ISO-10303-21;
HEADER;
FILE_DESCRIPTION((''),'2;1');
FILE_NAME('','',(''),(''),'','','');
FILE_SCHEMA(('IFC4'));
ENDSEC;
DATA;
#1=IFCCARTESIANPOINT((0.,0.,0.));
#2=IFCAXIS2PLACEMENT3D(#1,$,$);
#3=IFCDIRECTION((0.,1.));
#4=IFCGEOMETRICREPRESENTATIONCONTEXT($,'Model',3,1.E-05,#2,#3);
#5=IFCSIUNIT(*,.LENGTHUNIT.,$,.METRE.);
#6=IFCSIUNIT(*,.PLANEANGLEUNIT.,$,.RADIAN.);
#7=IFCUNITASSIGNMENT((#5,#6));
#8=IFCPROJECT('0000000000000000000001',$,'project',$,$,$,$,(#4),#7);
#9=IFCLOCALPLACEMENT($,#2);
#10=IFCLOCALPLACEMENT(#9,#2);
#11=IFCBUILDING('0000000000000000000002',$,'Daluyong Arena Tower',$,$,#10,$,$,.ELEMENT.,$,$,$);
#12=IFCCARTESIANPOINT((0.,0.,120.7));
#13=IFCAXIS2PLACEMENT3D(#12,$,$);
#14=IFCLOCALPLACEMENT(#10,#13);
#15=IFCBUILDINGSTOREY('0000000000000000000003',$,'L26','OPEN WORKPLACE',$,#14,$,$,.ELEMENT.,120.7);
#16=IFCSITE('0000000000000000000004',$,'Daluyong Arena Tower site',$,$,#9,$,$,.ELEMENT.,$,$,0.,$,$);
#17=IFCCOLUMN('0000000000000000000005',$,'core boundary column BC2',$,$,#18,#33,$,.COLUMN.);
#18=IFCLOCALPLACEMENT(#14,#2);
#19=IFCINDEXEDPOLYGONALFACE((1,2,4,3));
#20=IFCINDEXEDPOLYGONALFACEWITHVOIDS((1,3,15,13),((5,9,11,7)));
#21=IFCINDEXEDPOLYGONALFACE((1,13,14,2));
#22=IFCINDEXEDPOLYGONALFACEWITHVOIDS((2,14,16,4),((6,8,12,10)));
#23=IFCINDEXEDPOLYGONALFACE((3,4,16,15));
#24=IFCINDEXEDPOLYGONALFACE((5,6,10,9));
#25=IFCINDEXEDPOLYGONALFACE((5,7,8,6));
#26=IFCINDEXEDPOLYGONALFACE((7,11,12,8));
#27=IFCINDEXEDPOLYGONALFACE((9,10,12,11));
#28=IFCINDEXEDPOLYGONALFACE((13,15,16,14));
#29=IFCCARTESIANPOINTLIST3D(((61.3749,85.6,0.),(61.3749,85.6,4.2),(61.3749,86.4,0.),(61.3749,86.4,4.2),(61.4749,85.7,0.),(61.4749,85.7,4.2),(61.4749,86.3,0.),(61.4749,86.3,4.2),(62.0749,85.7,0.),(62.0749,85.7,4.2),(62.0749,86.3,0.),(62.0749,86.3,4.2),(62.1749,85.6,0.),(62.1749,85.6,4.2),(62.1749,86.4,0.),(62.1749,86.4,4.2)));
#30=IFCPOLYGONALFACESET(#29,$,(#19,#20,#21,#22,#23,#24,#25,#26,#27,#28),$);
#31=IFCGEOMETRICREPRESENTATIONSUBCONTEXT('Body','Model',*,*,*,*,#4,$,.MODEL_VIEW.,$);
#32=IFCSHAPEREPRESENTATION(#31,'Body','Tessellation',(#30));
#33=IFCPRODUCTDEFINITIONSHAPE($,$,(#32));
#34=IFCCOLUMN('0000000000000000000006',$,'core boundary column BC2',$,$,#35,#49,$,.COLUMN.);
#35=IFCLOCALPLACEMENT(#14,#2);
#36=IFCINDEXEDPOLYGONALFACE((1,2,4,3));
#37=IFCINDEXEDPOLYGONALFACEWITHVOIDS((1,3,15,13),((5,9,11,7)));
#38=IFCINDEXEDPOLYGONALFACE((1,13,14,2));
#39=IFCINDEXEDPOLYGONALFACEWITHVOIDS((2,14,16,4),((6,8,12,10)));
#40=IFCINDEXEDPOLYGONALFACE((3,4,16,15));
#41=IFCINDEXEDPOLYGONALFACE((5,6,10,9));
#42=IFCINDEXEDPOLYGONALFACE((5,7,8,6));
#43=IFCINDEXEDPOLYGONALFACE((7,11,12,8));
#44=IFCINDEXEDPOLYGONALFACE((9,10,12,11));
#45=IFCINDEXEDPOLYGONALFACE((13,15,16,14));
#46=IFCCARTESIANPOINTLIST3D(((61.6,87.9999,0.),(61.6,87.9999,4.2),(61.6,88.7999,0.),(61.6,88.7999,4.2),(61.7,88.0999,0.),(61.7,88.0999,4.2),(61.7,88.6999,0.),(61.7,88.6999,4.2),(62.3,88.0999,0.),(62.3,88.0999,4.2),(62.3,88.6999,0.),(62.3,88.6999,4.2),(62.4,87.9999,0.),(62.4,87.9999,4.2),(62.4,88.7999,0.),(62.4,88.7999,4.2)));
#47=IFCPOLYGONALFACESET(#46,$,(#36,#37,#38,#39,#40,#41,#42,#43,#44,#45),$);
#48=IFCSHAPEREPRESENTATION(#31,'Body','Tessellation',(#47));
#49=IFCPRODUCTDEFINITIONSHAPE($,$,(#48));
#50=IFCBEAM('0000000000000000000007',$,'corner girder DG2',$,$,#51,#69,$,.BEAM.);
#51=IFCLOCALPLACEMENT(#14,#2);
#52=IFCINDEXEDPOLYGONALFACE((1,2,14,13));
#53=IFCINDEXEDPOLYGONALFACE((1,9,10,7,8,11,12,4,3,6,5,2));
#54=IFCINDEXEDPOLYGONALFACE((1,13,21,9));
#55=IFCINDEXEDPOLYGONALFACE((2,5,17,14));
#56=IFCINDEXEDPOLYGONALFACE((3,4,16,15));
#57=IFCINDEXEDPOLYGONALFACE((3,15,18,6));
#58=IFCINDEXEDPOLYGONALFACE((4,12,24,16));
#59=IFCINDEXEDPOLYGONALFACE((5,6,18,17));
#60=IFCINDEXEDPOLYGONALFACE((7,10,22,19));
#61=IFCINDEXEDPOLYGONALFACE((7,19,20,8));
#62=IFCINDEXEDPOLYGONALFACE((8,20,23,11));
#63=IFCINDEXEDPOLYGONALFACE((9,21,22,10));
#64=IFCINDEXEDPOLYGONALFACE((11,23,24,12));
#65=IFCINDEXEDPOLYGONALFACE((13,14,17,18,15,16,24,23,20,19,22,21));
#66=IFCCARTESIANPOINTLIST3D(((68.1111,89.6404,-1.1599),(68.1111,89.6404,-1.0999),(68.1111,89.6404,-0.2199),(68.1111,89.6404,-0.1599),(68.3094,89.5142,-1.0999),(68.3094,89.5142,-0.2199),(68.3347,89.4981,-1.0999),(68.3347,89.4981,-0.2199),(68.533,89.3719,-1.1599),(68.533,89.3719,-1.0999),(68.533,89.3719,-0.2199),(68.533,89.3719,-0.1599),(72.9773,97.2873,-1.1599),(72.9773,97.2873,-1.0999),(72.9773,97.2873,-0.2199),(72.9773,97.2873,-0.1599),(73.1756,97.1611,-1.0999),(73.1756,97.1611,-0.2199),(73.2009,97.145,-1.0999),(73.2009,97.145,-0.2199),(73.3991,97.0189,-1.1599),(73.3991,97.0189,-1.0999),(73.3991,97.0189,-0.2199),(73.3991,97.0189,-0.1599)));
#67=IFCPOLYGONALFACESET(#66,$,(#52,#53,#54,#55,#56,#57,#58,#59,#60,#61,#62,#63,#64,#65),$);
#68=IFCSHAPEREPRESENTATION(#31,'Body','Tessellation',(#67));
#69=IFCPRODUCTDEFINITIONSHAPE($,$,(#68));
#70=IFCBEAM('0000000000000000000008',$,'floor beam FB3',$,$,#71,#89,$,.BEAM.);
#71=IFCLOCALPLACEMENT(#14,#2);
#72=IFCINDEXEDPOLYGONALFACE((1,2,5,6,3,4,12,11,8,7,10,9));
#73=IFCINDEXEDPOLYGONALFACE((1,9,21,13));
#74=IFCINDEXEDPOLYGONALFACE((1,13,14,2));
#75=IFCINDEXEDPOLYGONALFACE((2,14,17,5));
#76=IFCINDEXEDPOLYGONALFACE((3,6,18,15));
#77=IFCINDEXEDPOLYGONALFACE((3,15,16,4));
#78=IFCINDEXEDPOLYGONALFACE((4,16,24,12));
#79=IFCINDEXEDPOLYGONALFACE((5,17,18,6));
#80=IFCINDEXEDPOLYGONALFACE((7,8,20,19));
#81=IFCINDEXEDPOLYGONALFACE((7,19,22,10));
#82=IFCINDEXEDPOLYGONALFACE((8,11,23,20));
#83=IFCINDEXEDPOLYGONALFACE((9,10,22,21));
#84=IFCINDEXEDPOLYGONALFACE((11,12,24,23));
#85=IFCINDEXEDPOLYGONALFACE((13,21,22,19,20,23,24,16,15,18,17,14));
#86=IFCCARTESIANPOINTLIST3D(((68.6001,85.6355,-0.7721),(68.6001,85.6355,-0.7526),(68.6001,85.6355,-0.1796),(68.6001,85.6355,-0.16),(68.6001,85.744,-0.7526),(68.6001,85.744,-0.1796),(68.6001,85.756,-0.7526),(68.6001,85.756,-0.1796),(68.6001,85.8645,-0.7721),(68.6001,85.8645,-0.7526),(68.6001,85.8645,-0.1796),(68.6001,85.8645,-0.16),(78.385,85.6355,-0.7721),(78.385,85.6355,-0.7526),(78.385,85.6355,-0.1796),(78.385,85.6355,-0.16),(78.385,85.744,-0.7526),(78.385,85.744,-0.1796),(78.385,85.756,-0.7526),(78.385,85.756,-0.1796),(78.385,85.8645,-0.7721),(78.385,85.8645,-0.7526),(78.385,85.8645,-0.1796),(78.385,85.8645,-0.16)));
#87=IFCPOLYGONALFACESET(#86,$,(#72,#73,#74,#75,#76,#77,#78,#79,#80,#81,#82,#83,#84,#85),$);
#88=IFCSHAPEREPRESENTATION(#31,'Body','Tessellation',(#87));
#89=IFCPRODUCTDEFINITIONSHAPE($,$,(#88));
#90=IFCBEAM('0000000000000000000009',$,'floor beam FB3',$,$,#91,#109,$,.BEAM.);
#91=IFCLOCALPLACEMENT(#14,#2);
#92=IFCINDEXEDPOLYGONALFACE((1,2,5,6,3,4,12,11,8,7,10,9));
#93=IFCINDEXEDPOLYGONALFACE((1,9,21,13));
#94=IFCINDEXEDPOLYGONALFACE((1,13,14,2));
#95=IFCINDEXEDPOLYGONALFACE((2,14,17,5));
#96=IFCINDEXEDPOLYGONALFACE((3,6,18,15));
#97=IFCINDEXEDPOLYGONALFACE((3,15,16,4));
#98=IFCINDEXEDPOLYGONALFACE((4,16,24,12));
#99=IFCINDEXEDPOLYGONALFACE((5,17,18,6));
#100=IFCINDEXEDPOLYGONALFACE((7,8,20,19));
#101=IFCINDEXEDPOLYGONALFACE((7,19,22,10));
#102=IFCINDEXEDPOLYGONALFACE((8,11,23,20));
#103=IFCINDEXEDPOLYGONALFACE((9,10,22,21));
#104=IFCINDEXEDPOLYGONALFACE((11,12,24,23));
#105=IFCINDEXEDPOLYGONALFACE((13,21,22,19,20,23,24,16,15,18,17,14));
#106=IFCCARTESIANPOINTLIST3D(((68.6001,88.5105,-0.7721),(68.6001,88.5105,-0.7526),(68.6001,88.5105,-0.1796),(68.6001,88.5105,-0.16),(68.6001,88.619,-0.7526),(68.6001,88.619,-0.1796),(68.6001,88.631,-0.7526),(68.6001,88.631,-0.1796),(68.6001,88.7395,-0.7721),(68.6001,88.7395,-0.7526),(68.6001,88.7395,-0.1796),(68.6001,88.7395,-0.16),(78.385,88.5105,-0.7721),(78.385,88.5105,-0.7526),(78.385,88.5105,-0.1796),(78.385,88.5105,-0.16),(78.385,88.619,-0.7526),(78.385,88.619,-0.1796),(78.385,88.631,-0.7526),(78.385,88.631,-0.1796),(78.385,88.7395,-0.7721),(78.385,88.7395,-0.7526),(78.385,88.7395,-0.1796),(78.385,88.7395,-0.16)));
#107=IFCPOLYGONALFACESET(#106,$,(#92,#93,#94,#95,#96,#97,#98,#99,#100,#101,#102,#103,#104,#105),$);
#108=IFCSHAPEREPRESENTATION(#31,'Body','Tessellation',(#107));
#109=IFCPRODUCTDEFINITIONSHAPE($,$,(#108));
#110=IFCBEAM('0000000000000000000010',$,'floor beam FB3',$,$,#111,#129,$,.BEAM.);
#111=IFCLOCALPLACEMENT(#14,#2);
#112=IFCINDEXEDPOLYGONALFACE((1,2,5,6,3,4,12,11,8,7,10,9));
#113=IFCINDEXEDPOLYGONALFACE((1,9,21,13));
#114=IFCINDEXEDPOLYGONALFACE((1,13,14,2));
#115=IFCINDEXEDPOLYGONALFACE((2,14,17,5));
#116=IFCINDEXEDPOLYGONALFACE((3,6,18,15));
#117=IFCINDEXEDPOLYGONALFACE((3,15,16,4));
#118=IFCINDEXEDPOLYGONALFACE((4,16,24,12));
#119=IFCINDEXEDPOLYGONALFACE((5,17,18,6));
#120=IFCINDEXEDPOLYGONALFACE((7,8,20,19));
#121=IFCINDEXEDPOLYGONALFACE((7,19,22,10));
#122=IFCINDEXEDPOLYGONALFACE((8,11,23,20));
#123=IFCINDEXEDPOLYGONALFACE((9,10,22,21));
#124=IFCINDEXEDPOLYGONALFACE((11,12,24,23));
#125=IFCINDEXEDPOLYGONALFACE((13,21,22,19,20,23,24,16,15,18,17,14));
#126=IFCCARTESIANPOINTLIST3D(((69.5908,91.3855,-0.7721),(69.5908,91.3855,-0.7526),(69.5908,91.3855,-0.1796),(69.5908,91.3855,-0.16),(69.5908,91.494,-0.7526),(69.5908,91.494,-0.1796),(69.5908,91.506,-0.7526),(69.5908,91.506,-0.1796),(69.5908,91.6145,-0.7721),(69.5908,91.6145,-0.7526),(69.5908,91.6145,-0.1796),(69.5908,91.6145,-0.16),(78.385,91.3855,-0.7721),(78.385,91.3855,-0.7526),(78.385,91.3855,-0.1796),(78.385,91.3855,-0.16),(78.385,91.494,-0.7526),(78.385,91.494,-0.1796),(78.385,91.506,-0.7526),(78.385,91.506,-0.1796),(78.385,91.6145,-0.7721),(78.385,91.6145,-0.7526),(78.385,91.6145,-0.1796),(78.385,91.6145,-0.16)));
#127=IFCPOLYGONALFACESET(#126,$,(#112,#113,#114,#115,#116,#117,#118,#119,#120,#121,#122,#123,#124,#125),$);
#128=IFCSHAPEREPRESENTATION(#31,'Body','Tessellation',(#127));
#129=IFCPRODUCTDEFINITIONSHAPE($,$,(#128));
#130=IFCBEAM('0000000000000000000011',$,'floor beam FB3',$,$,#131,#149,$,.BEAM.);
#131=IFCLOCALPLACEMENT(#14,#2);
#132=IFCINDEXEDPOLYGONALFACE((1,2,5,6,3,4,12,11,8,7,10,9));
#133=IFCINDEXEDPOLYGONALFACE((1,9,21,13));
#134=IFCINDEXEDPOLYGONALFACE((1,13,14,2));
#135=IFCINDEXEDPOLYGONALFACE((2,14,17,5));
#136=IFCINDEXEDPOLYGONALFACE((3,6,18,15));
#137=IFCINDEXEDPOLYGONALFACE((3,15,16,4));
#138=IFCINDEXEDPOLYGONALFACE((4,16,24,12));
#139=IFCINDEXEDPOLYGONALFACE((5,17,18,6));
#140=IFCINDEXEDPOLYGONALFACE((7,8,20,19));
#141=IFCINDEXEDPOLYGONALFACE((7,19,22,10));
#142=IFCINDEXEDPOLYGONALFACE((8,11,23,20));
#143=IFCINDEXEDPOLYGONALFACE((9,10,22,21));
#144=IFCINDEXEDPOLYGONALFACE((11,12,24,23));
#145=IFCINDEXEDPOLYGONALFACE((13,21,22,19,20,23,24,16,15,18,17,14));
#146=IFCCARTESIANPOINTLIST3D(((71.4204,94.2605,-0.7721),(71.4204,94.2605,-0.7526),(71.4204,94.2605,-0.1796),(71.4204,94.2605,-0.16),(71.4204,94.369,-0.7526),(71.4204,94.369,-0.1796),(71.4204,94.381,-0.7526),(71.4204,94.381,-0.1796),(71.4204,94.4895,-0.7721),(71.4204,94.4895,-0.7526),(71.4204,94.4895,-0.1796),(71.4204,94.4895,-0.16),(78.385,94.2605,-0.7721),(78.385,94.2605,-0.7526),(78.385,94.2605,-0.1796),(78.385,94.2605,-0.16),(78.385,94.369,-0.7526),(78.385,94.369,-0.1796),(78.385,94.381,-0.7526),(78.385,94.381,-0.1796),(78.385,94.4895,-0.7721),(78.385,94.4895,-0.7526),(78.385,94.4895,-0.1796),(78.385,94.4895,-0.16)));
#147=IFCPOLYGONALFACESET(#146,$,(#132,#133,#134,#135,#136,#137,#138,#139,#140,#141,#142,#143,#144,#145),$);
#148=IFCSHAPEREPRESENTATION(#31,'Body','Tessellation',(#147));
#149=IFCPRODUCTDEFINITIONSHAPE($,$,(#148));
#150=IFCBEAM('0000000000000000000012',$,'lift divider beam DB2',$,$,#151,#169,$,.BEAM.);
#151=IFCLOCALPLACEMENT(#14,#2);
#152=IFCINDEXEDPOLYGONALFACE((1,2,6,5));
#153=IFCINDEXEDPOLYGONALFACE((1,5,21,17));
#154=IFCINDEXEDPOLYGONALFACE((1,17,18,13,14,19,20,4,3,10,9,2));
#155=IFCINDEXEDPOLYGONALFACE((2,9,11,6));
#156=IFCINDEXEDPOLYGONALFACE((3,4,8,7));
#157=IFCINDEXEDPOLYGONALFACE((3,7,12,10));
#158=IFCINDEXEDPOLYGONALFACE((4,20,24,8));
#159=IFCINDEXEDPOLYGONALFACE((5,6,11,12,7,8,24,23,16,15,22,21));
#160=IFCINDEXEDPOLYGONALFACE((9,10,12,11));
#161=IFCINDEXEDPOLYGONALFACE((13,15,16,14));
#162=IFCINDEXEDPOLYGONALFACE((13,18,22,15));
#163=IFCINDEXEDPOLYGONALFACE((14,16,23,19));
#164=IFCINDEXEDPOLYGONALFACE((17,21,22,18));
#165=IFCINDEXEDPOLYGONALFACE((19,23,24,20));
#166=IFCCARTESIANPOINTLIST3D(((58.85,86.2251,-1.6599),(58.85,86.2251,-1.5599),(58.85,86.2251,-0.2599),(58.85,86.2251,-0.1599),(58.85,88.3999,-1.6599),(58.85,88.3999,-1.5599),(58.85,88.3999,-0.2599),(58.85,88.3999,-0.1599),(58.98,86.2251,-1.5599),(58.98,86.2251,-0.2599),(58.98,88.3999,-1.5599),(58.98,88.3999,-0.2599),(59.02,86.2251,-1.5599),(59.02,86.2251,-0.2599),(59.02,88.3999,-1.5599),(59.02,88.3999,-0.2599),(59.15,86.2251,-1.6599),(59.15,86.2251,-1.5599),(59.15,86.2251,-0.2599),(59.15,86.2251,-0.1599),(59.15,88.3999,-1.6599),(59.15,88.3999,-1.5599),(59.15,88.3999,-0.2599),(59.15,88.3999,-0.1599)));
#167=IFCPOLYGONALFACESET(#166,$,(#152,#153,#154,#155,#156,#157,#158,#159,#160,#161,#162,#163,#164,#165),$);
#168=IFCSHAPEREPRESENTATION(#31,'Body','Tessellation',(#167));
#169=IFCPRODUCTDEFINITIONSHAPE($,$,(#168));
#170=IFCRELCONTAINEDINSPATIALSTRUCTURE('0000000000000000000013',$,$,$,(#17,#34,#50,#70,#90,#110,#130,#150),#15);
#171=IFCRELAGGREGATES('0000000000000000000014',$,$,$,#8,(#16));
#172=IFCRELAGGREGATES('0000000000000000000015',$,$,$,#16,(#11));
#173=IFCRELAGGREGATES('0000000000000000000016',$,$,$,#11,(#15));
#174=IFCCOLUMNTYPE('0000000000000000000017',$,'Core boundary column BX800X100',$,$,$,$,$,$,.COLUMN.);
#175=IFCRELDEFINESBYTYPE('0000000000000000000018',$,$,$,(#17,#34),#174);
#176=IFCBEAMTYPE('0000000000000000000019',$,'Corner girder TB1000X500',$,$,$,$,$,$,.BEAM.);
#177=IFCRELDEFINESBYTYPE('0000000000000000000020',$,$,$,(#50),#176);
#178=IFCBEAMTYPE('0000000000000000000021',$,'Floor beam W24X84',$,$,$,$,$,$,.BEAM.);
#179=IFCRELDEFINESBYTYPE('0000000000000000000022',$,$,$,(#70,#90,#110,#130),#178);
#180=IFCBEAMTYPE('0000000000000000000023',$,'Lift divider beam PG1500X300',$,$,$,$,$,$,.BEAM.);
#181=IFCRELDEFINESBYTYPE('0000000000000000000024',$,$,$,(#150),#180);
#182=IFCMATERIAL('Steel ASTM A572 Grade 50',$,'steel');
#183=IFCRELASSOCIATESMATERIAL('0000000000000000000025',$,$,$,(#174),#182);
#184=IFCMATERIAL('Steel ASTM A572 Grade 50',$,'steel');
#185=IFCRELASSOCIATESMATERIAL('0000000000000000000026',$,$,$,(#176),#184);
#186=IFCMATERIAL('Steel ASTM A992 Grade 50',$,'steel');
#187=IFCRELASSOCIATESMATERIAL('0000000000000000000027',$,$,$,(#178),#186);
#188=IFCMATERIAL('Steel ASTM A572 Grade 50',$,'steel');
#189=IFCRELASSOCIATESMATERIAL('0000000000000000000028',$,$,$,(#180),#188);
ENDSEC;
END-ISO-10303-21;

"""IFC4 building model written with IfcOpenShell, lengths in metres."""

from ifc_helpers import new_model, si_unit, direction, frame, origin, origin_2d, place, context, subcontext, project, spatial, hollow_rectangle, i_section, extrude, material, material_profile, profile_set, type_object, element, save


model = new_model("IFC4")

# Units and contexts
model_context = context("Model", 3, precision=1e-05, world=origin(), true_north=direction((0.0, 1.0)))
body_context = subcontext(model_context, "Body", "Model", "MODEL_VIEW")
ifc_project = project(units=[si_unit("LENGTHUNIT", "METRE"), si_unit("PLANEANGLEUNIT", "RADIAN")], contexts=[model_context])

# Site, building, storey
site_placement = place(None, origin())
site = spatial("IfcSite", under=ifc_project, at=site_placement, Name="Daluyong Arena Tower site", CompositionType="ELEMENT", RefElevation=0.0)
building_placement = place(site_placement, origin())
building = spatial("IfcBuilding", under=site, at=building_placement, Name="Daluyong Arena Tower", CompositionType="ELEMENT")
storey_placement = place(building_placement, frame((0.0, 0.0, 120.7)))
storey = spatial("IfcBuildingStorey", under=building, at=storey_placement, Name="L26", Description="OPEN WORKPLACE", CompositionType="ELEMENT", Elevation=120.7)

# Columns
ifc_material_1 = material(Name="Steel ASTM A572 Grade 50", Category="steel")
ifc_material_profile_1 = material_profile(ifc_material_1, hollow_rectangle(XDim=0.8, YDim=0.8, WallThickness=0.1, at=origin_2d()))
ifc_profile_set_1 = profile_set([ifc_material_profile_1], Name="Steel ASTM A572 Grade 50")
column_type = type_object("IfcColumnType", Name="Core boundary column BX800X100", PredefinedType="COLUMN", material=ifc_profile_set_1)
for number, where, z_axis, x_axis, name in (
    (1, (61.7749, 86.0, 0.0), (0.0, 0.0, 1.0), (1.0, 0.0, 0.0), "core boundary column BC2"),
    (2, (62.0, 88.3999, 0.0), (0.0, 0.0, 1.0), (1.0, 0.0, 0.0), "core boundary column BC2"),
):
    element("IfcColumn", number, at=place(storey_placement, frame(where, z_axis=z_axis, x_axis=x_axis)), inside=storey, type_object=column_type, Name=name, PredefinedType="COLUMN", context=body_context, shape_type="SweptSolid", body=[
        extrude(hollow_rectangle(XDim=0.8, YDim=0.8, WallThickness=0.1, at=origin_2d()), origin(), (0.0, 0.0, 1.0), 4.2),
    ])

# Beams
ifc_material_2 = material(Name="Steel ASTM A572 Grade 50", Category="steel")
ifc_material_profile_2 = material_profile(ifc_material_2, i_section(OverallWidth=0.5, OverallDepth=1.0, WebThickness=0.03, FlangeThickness=0.06, at=origin_2d()))
ifc_profile_set_2 = profile_set([ifc_material_profile_2], Name="Steel ASTM A572 Grade 50")
beam_type_1 = type_object("IfcBeamType", Name="Corner girder TB1000X500", PredefinedType="BEAM", material=ifc_profile_set_2)
beam_1_placement = place(storey_placement, frame((73.1882, 97.1531, -0.6599), z_axis=(-0.536872, -0.843664, 0.0), x_axis=(0.843664, -0.536872, 0.0)))
element("IfcBeam", 3, at=beam_1_placement, inside=storey, type_object=beam_type_1, Name="corner girder DG2", PredefinedType="BEAM", context=body_context, shape_type="SweptSolid", body=[
    extrude(i_section(OverallWidth=0.5, OverallDepth=1.0, WebThickness=0.03, FlangeThickness=0.06, at=origin_2d()), origin(), (0.0, 0.0, 1.0), 9.064),
])
ifc_material_3 = material(Name="Steel ASTM A992 Grade 50", Category="steel")
ifc_material_profile_3 = material_profile(ifc_material_3, i_section(OverallWidth=0.229, OverallDepth=0.6121, WebThickness=0.012, FlangeThickness=0.0195, at=origin_2d()))
ifc_profile_set_3 = profile_set([ifc_material_profile_3], Name="Steel ASTM A992 Grade 50")
beam_type_2 = type_object("IfcBeamType", Name="Floor beam W24X84", PredefinedType="BEAM", material=ifc_profile_set_3)
for number, where, z_axis, x_axis, name in (
    (4, (78.385, 85.75, -0.4661), (-1.0, 0.0, 0.0), (0.0, -1.0, 0.0), "floor beam FB3"),
    (5, (78.385, 88.625, -0.4661), (-1.0, 0.0, 0.0), (0.0, -1.0, 0.0), "floor beam FB3"),
):
    element("IfcBeam", number, at=place(storey_placement, frame(where, z_axis=z_axis, x_axis=x_axis)), inside=storey, type_object=beam_type_2, Name=name, PredefinedType="BEAM", context=body_context, shape_type="SweptSolid", body=[
        extrude(i_section(OverallWidth=0.229, OverallDepth=0.6121, WebThickness=0.012, FlangeThickness=0.0195, at=origin_2d()), origin(), (0.0, 0.0, 1.0), 9.7849),
    ])
beam_2_placement = place(storey_placement, frame((78.385, 91.5, -0.4661), z_axis=(-1.0, 0.0, 0.0), x_axis=(0.0, -1.0, 0.0)))
element("IfcBeam", 6, at=beam_2_placement, inside=storey, type_object=beam_type_2, Name="floor beam FB3", PredefinedType="BEAM", context=body_context, shape_type="SweptSolid", body=[
    extrude(i_section(OverallWidth=0.229, OverallDepth=0.6121, WebThickness=0.012, FlangeThickness=0.0195, at=origin_2d()), origin(), (0.0, 0.0, 1.0), 8.7942),
])
beam_3_placement = place(storey_placement, frame((78.385, 94.375, -0.4661), z_axis=(-1.0, 0.0, 0.0), x_axis=(0.0, -1.0, 0.0)))
element("IfcBeam", 7, at=beam_3_placement, inside=storey, type_object=beam_type_2, Name="floor beam FB3", PredefinedType="BEAM", context=body_context, shape_type="SweptSolid", body=[
    extrude(i_section(OverallWidth=0.229, OverallDepth=0.6121, WebThickness=0.012, FlangeThickness=0.0195, at=origin_2d()), origin(), (0.0, 0.0, 1.0), 6.9646),
])
ifc_material_4 = material(Name="Steel ASTM A572 Grade 50", Category="steel")
ifc_material_profile_4 = material_profile(ifc_material_4, i_section(OverallWidth=0.3, OverallDepth=1.5, WebThickness=0.04, FlangeThickness=0.1, at=origin_2d()))
ifc_profile_set_4 = profile_set([ifc_material_profile_4], Name="Steel ASTM A572 Grade 50")
beam_type_3 = type_object("IfcBeamType", Name="Lift divider beam PG1500X300", PredefinedType="BEAM", material=ifc_profile_set_4)
beam_4_placement = place(storey_placement, frame((59.0, 86.2251, -0.9099), z_axis=(0.0, 1.0, 0.0), x_axis=(-1.0, 0.0, 0.0)))
element("IfcBeam", 8, at=beam_4_placement, inside=storey, type_object=beam_type_3, Name="lift divider beam DB2", PredefinedType="BEAM", context=body_context, shape_type="SweptSolid", body=[
    extrude(i_section(OverallWidth=0.3, OverallDepth=1.5, WebThickness=0.04, FlangeThickness=0.1, at=origin_2d()), origin(), (0.0, 0.0, 1.0), 2.1748),
])

save(model, "model.ifc")
